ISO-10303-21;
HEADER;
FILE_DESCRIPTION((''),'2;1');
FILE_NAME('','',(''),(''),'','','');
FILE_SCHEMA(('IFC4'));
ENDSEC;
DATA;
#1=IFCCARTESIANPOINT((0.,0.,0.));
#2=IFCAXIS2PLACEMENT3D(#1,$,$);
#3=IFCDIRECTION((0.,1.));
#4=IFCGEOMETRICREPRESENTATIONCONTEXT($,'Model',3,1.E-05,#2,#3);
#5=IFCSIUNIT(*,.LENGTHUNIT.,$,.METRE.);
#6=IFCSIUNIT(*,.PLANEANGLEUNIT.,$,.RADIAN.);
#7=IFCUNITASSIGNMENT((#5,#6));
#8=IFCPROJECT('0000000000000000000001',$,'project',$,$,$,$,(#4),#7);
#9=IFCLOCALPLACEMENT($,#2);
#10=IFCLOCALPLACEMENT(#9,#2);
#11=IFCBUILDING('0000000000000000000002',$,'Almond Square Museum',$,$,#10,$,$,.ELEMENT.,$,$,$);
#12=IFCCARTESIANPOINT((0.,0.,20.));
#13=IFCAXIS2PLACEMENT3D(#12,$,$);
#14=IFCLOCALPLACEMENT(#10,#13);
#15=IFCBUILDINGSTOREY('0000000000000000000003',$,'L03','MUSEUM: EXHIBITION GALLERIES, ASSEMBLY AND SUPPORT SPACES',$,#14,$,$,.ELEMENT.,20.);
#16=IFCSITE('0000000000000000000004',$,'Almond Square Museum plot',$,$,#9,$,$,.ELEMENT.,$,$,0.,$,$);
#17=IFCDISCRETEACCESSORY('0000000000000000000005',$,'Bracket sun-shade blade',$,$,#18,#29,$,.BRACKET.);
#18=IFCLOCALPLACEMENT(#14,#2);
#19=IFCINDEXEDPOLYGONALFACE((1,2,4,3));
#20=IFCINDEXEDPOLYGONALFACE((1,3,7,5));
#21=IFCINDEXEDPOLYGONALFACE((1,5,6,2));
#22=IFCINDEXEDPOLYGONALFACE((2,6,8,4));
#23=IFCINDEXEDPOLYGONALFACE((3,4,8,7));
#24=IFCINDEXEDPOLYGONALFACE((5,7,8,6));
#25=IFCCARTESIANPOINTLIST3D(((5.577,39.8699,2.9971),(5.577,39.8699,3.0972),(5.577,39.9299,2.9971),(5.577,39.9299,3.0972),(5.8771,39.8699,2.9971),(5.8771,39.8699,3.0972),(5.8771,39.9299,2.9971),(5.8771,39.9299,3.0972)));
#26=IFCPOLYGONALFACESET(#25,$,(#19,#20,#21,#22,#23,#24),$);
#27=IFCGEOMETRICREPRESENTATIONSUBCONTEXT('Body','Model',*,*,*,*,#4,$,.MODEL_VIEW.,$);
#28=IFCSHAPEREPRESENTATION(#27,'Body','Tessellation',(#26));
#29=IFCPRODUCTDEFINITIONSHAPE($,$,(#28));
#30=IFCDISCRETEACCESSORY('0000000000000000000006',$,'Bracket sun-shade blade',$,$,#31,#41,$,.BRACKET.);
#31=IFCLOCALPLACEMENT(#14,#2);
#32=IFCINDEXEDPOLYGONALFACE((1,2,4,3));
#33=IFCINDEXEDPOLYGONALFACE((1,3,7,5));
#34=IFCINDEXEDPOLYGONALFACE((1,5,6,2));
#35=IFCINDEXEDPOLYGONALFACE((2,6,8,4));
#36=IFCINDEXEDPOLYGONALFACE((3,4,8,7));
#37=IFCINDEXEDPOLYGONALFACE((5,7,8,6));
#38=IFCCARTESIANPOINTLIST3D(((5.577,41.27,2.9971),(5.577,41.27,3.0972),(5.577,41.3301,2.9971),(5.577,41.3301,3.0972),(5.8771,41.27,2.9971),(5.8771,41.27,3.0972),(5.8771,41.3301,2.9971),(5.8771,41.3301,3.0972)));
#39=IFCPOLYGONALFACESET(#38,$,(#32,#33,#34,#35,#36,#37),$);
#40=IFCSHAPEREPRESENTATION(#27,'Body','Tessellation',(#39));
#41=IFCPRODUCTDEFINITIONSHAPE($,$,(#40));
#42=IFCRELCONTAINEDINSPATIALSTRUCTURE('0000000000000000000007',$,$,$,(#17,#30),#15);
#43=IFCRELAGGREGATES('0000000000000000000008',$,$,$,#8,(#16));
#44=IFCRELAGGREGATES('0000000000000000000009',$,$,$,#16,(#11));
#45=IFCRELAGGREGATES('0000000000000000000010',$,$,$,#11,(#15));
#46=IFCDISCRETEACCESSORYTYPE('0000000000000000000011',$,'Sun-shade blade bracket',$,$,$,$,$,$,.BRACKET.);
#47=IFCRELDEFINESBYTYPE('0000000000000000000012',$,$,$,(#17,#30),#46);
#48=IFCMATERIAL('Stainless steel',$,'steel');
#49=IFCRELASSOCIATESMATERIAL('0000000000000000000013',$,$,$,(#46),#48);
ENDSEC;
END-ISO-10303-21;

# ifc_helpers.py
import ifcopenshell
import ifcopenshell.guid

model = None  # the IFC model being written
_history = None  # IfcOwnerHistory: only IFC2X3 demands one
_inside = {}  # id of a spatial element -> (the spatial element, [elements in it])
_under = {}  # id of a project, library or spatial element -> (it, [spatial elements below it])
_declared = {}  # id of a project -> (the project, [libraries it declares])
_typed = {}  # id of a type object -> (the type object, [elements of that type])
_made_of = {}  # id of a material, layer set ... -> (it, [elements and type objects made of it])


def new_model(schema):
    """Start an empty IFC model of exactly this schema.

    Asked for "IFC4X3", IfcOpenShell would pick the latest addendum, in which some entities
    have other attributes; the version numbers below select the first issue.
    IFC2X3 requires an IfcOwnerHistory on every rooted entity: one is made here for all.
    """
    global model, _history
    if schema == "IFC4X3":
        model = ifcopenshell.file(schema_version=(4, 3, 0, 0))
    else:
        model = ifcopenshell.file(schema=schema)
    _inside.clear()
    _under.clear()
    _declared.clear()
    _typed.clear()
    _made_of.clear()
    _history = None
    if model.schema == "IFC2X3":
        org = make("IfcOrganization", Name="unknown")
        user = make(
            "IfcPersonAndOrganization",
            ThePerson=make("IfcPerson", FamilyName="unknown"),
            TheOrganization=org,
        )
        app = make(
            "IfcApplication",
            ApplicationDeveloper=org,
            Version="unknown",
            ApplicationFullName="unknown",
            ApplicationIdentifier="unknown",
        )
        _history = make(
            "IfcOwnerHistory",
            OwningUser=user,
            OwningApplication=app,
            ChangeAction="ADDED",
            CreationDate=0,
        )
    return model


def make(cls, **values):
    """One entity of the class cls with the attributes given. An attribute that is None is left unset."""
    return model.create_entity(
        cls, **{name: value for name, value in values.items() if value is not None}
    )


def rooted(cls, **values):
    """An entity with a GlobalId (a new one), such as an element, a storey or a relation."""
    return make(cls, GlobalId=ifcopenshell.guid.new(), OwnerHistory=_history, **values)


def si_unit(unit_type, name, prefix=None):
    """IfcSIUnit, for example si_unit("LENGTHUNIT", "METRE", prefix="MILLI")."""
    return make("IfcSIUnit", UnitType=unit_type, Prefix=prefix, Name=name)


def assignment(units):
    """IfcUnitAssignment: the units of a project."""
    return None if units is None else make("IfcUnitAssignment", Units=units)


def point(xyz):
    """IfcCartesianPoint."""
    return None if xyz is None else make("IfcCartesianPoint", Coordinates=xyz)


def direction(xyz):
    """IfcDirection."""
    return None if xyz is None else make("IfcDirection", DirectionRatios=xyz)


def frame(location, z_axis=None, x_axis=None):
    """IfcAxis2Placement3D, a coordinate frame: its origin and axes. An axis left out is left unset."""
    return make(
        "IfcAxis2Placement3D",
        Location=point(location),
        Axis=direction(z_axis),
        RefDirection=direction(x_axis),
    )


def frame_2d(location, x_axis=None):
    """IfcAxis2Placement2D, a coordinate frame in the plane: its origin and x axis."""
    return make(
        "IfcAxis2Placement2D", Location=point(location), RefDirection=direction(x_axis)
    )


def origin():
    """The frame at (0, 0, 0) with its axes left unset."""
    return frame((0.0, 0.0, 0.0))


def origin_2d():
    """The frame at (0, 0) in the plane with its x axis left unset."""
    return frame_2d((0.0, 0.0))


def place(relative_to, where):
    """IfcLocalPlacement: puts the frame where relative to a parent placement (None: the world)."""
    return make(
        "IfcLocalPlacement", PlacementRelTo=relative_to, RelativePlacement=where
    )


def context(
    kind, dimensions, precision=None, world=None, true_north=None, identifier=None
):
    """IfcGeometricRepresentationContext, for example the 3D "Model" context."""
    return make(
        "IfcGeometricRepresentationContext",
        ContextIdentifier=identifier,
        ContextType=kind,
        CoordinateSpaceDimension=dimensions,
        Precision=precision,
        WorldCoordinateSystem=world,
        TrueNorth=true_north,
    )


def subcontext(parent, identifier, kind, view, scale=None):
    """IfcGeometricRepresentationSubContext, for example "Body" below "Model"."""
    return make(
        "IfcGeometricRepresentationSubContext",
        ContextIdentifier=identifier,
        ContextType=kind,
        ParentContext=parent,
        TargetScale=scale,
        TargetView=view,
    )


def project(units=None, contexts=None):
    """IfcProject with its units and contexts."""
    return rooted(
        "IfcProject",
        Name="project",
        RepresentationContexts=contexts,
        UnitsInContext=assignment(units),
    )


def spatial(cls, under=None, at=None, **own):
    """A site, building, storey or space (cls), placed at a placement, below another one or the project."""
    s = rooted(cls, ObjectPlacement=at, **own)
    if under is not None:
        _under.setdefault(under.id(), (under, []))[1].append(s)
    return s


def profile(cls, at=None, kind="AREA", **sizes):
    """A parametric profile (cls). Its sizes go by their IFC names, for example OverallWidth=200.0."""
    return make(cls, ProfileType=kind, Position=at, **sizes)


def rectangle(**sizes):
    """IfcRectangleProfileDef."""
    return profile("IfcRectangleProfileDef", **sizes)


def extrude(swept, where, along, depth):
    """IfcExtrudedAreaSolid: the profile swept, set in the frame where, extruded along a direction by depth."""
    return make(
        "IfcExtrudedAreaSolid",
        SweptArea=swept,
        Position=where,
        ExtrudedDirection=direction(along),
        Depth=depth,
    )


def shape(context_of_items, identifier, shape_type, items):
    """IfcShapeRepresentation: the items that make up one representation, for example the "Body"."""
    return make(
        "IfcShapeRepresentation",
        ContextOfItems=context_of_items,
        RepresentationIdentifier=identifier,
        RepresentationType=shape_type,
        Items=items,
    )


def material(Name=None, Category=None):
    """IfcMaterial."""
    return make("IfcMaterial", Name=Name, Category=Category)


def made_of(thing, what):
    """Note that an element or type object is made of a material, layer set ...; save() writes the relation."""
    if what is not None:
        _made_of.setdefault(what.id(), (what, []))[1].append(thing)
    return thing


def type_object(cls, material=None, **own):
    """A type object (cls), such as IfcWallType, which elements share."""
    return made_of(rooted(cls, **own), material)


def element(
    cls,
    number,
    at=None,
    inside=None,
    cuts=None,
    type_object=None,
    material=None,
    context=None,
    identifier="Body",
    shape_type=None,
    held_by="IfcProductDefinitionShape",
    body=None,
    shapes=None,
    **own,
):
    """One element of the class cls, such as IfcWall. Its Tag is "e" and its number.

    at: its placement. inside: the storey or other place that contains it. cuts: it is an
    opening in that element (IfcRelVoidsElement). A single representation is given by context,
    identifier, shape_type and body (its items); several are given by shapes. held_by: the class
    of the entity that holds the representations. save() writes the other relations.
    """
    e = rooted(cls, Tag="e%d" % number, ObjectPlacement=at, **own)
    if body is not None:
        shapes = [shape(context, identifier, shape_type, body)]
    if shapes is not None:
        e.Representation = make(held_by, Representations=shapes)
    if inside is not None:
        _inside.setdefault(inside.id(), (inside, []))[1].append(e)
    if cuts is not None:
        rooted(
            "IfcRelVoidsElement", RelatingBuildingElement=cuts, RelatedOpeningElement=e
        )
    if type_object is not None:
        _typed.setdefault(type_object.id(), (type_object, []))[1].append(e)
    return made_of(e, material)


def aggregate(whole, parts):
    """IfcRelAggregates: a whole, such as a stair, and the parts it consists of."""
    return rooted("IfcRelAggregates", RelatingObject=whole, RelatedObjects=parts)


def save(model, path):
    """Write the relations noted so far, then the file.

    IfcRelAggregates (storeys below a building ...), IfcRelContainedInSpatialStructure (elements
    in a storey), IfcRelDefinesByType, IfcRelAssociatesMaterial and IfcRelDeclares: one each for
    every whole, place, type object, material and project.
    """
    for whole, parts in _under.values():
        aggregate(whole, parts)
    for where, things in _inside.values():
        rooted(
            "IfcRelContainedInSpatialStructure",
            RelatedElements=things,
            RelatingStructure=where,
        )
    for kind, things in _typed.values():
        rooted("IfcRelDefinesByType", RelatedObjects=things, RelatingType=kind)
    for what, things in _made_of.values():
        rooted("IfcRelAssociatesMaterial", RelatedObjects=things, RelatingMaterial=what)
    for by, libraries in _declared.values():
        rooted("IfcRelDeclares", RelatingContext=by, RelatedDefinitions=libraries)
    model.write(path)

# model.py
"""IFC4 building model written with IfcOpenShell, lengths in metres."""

from ifc_helpers import new_model, si_unit, direction, frame, origin, origin_2d, place, context, subcontext, project, spatial, rectangle, extrude, material, type_object, element, save


model = new_model("IFC4")

# Units and contexts
model_context = context("Model", 3, precision=1e-05, world=origin(), true_north=direction((0.0, 1.0)))
body_context = subcontext(model_context, "Body", "Model", "MODEL_VIEW")
ifc_project = project(units=[si_unit("LENGTHUNIT", "METRE"), si_unit("PLANEANGLEUNIT", "RADIAN")], contexts=[model_context])

# Site, building, storey
site_placement = place(None, origin())
site = spatial("IfcSite", under=ifc_project, at=site_placement, Name="Almond Square Museum plot", CompositionType="ELEMENT", RefElevation=0.0)
building_placement = place(site_placement, origin())
building = spatial("IfcBuilding", under=site, at=building_placement, Name="Almond Square Museum", CompositionType="ELEMENT")
storey_placement = place(building_placement, frame((0.0, 0.0, 20.0)))
storey = spatial("IfcBuildingStorey", under=building, at=storey_placement, Name="L03", Description="MUSEUM: EXHIBITION GALLERIES, ASSEMBLY AND SUPPORT SPACES", CompositionType="ELEMENT", Elevation=20.0)

# Discrete accessories
ifc_material_1 = material(Name="Stainless steel", Category="steel")
discrete_accessory_type = type_object("IfcDiscreteAccessoryType", Name="Sun-shade blade bracket", PredefinedType="BRACKET", material=ifc_material_1)
for number, where, z_axis, x_axis, name in (
    (1, (5.7271, 39.8999, 2.9971), (0.0, 0.0, 1.0), (1.0, 0.0, 0.0), "Bracket sun-shade blade"),
    (2, (5.7271, 41.3, 2.9971), (0.0, 0.0, 1.0), (1.0, 0.0, 0.0), "Bracket sun-shade blade"),
):
    element("IfcDiscreteAccessory", number, at=place(storey_placement, frame(where, z_axis=z_axis, x_axis=x_axis)), inside=storey, type_object=discrete_accessory_type, Name=name, PredefinedType="BRACKET", context=body_context, shape_type="SweptSolid", body=[
        extrude(rectangle(XDim=0.3, YDim=0.0601, at=origin_2d()), origin(), (0.0, 0.0, 1.0), 0.1001),
    ])

save(model, "model.ifc")
